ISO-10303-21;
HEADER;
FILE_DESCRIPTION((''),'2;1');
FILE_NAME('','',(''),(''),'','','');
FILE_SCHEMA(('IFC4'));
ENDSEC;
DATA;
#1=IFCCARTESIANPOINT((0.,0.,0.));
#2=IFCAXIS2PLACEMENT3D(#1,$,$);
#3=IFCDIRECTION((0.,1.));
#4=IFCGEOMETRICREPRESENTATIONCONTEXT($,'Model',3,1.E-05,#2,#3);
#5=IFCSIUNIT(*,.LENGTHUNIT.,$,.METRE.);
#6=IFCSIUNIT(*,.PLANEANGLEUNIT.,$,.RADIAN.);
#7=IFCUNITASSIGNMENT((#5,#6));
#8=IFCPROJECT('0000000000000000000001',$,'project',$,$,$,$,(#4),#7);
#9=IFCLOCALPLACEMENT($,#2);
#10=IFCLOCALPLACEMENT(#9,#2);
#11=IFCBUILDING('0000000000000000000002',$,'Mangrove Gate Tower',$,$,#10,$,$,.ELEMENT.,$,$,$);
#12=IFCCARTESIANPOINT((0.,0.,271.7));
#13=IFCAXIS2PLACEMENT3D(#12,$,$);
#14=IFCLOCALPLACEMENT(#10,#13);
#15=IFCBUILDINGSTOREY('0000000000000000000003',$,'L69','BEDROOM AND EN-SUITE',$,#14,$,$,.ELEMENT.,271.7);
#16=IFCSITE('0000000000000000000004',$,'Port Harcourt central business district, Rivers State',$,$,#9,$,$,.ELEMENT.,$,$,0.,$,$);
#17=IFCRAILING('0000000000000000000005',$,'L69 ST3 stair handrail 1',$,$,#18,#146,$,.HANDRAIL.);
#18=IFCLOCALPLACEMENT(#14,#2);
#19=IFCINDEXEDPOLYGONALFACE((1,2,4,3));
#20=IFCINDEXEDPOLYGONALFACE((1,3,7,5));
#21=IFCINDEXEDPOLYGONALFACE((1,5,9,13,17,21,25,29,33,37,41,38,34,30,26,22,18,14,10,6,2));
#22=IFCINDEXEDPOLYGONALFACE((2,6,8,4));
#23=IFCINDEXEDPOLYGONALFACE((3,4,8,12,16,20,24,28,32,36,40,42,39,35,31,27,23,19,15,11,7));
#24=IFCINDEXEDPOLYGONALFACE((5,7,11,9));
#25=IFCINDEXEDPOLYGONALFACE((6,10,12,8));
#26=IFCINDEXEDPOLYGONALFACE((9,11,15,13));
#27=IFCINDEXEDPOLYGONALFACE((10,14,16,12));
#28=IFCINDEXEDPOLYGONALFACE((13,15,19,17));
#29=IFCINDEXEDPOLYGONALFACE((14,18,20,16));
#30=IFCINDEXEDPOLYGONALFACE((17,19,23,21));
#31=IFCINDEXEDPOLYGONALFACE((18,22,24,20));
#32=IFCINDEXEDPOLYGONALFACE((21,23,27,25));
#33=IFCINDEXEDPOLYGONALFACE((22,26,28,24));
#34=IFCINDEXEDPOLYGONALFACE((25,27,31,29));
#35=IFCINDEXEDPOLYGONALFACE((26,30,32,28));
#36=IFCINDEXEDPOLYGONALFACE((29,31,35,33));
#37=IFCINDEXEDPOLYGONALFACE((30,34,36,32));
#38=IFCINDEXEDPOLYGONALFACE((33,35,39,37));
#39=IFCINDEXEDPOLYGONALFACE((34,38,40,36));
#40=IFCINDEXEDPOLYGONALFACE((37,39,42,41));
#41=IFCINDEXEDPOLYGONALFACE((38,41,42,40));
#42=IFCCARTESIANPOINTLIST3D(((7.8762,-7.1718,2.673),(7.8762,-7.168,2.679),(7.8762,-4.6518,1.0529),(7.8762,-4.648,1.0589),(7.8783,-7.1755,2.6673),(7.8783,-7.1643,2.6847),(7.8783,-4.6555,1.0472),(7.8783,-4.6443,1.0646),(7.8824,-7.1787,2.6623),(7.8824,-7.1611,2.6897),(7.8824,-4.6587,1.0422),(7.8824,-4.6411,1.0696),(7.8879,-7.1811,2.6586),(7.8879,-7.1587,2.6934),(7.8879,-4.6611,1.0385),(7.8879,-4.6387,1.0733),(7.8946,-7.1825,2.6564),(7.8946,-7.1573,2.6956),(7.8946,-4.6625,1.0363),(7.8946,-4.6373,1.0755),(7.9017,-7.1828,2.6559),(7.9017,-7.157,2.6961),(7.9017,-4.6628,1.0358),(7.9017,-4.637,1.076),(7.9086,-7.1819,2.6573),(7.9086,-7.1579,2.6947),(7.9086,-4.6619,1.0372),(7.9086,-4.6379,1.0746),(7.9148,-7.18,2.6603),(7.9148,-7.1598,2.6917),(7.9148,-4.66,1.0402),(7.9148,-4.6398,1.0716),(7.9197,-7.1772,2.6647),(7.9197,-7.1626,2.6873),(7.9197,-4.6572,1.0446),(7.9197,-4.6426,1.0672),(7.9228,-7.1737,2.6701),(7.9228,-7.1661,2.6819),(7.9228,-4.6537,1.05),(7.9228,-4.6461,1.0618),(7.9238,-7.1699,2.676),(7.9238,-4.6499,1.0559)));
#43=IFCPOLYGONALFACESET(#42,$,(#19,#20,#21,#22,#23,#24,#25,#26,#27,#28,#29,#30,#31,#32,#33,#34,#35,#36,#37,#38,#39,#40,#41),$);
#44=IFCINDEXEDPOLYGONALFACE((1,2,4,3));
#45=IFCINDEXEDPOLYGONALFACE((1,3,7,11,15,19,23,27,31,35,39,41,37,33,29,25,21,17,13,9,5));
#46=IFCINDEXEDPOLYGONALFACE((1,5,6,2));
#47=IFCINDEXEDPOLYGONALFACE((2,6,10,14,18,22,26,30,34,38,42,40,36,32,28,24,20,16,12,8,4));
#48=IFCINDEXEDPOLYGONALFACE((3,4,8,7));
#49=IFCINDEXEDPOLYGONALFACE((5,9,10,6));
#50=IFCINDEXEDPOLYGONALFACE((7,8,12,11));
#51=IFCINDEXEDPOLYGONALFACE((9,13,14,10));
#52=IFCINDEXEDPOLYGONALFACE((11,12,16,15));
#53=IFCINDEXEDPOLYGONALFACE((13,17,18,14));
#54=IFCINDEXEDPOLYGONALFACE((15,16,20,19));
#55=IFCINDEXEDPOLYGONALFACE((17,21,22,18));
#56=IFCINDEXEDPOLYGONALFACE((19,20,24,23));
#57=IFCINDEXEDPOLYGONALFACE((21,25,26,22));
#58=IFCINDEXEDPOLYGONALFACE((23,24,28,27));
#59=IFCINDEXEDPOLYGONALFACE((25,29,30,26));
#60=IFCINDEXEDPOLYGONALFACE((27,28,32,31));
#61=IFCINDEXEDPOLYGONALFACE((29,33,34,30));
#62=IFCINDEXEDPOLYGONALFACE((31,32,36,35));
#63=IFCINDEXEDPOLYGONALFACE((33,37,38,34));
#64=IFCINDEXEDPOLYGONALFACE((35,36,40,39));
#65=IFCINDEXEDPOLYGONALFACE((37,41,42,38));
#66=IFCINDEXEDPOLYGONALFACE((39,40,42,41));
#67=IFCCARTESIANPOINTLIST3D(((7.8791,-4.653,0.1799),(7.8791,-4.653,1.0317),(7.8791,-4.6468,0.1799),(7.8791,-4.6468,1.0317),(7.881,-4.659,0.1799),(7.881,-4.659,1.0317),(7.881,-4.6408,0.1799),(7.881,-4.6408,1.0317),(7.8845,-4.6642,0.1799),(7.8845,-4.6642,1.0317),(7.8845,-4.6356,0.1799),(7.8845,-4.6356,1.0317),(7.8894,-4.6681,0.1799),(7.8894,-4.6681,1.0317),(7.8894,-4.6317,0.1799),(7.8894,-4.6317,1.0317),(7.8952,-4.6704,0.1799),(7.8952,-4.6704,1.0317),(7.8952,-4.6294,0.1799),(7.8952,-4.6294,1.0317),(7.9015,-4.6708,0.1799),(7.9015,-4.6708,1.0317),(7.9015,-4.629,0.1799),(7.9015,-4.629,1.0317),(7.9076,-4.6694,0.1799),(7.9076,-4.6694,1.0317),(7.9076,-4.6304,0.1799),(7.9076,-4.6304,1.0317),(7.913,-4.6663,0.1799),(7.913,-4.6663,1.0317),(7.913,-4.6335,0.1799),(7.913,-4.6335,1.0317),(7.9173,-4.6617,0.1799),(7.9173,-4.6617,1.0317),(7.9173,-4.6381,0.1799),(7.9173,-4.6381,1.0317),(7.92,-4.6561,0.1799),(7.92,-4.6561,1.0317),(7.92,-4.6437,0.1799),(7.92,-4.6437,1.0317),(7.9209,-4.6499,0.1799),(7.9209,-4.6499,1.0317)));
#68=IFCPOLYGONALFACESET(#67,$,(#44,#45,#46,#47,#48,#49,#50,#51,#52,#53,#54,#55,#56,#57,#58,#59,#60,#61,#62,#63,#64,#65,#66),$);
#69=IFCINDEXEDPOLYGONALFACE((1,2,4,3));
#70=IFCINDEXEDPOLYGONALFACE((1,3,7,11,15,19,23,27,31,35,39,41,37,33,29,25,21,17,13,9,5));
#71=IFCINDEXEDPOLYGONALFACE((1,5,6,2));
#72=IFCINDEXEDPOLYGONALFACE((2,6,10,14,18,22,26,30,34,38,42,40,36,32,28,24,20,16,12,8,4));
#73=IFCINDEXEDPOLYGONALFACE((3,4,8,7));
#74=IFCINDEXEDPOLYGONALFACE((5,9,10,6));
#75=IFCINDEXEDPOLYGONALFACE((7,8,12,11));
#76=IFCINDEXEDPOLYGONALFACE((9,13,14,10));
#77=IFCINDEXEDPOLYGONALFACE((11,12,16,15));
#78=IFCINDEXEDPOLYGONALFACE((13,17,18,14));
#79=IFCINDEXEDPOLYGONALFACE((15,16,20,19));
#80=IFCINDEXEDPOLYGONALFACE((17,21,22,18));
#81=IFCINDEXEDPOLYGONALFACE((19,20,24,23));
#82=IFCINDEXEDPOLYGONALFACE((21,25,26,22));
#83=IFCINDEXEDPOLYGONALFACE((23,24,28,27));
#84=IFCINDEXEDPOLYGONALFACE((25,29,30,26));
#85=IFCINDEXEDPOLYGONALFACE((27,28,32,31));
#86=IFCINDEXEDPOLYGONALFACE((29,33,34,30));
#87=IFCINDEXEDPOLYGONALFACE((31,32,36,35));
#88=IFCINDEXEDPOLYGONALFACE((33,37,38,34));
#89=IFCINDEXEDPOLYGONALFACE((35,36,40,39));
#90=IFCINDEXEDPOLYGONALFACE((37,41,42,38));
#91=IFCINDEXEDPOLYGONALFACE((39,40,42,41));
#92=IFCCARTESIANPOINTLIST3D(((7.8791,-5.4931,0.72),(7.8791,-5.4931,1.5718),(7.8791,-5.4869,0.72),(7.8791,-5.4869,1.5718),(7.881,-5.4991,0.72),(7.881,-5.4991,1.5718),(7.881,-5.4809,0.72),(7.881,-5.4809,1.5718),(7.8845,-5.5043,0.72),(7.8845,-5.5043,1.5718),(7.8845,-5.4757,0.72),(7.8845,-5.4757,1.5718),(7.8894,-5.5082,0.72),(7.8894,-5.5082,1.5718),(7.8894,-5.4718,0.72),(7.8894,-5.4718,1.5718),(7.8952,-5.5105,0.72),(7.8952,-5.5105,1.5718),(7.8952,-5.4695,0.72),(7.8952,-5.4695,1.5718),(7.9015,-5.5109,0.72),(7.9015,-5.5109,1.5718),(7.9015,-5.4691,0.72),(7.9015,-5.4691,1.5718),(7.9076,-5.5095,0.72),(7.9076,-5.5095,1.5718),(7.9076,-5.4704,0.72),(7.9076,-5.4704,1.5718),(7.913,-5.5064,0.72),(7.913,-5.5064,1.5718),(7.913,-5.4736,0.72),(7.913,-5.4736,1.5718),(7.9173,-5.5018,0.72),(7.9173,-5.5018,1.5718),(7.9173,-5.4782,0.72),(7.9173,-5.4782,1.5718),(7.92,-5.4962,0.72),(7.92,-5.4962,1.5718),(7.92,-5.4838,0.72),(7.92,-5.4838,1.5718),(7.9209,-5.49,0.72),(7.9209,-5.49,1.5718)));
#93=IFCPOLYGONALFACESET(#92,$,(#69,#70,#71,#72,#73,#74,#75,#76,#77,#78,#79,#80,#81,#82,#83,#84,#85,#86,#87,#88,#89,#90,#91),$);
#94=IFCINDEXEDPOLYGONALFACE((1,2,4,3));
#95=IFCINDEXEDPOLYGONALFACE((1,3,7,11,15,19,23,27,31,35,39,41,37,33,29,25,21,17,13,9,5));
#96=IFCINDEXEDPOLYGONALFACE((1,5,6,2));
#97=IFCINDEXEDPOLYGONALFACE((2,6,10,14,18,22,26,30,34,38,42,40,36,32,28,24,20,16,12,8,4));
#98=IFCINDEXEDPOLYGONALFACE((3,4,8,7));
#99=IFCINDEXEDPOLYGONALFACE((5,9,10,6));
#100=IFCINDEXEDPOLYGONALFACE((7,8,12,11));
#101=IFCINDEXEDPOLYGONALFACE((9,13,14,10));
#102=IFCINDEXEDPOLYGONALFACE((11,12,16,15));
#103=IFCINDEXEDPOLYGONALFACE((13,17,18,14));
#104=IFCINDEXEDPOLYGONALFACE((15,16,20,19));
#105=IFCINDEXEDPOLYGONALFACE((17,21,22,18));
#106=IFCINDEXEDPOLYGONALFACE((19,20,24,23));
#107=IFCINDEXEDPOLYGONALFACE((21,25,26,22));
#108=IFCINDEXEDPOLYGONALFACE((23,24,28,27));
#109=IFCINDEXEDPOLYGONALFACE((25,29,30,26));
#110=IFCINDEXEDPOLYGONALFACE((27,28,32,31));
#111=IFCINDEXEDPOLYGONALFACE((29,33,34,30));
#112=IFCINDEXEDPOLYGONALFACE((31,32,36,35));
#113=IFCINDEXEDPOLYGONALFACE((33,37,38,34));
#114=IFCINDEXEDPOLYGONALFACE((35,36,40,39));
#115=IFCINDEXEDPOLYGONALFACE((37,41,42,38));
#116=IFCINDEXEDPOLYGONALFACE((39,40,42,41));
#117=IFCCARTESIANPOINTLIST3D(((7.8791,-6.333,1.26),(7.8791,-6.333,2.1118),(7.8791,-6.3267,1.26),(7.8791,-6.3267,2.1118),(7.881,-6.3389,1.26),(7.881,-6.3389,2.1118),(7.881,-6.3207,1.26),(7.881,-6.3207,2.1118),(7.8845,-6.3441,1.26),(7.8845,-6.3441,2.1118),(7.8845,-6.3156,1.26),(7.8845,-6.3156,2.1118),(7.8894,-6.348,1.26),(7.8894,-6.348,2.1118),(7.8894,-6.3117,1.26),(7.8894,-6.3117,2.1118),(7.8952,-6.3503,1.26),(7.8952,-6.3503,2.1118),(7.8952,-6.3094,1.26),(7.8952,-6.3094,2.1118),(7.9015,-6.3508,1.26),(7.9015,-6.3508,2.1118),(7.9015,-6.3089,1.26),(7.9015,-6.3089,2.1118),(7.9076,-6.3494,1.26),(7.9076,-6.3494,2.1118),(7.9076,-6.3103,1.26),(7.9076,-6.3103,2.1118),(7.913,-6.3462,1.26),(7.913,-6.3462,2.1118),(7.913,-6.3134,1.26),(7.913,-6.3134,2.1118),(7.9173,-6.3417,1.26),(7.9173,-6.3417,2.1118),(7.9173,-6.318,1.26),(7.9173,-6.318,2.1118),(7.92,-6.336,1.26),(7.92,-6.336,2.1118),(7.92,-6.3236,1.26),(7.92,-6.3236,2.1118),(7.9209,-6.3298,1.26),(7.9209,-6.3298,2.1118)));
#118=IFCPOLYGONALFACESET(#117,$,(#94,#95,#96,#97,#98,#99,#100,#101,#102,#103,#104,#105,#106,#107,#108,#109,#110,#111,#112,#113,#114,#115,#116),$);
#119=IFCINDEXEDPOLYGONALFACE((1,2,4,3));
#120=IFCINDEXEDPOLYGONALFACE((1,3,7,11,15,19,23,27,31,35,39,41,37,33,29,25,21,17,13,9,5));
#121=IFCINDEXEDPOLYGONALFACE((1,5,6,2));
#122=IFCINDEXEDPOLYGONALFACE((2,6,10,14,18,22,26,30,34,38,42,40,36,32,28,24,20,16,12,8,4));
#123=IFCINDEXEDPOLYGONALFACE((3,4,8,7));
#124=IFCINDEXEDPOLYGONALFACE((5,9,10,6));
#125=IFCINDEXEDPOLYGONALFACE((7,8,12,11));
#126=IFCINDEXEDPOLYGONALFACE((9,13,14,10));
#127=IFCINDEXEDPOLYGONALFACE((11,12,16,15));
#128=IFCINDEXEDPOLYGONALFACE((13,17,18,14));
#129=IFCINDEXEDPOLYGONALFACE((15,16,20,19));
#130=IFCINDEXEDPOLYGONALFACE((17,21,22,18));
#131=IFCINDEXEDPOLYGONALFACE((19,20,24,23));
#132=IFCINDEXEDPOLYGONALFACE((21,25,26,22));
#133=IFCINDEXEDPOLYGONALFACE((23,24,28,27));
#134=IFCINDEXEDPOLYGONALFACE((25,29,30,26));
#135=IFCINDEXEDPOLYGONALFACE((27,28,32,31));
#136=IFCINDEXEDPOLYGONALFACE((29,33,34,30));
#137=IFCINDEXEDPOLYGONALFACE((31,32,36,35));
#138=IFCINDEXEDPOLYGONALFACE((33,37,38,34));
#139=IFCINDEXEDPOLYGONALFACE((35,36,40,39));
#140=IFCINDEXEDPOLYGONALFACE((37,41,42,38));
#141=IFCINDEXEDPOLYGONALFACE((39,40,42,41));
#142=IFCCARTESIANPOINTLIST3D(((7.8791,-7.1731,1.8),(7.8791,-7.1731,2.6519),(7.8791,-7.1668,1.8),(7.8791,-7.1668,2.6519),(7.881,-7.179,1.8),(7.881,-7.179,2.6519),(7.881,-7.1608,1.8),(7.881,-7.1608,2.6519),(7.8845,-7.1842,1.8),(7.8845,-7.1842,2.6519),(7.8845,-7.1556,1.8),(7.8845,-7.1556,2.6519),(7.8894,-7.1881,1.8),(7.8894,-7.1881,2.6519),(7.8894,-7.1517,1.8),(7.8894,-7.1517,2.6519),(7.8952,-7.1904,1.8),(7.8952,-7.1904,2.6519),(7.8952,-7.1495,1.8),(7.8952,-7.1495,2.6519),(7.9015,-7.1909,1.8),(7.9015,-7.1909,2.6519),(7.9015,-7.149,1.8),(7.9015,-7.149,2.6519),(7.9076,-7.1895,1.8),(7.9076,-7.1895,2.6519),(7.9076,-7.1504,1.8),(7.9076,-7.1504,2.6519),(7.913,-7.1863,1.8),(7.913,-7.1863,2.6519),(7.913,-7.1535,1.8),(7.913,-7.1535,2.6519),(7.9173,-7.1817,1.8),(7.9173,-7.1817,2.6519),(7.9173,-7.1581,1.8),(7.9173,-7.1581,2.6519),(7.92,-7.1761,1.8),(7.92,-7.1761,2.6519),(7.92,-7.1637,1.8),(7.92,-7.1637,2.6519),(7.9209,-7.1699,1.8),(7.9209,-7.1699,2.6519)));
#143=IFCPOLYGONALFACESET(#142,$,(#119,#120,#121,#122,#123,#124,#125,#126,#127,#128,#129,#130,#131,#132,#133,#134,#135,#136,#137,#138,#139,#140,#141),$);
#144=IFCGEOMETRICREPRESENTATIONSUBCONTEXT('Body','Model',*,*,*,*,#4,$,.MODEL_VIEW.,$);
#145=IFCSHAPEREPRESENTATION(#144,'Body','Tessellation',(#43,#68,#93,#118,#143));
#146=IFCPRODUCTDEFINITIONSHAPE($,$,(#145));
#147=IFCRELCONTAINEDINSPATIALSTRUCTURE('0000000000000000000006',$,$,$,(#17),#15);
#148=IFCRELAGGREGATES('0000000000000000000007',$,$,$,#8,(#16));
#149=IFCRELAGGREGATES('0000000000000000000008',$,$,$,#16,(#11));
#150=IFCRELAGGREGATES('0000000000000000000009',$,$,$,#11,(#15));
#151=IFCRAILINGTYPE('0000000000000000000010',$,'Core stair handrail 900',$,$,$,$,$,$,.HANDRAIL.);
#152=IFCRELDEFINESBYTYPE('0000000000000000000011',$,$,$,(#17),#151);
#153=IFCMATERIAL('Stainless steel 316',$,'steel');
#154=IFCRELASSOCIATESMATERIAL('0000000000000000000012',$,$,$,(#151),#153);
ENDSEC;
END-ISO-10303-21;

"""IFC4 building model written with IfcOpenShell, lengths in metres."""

from ifc_helpers import new_model, si_unit, direction, frame, origin, origin_2d, place, context, subcontext, project, spatial, circle, extrude, material, type_object, element, save


model = new_model("IFC4")

# Units and contexts
model_context = context("Model", 3, precision=1e-05, world=origin(), true_north=direction((0.0, 1.0)))
body_context = subcontext(model_context, "Body", "Model", "MODEL_VIEW")
ifc_project = project(units=[si_unit("LENGTHUNIT", "METRE"), si_unit("PLANEANGLEUNIT", "RADIAN")], contexts=[model_context])

# Site, building, storey
site_placement = place(None, origin())
site = spatial("IfcSite", under=ifc_project, at=site_placement, Name="Port Harcourt central business district, Rivers State", CompositionType="ELEMENT", RefElevation=0.0)
building_placement = place(site_placement, origin())
building = spatial("IfcBuilding", under=site, at=building_placement, Name="Mangrove Gate Tower", CompositionType="ELEMENT")
storey_placement = place(building_placement, frame((0.0, 0.0, 271.7)))
storey = spatial("IfcBuildingStorey", under=building, at=storey_placement, Name="L69", Description="BEDROOM AND EN-SUITE", CompositionType="ELEMENT", Elevation=271.7)

# Railing
ifc_material_1 = material(Name="Stainless steel 316", Category="steel")
railing_type_1 = type_object("IfcRailingType", Name="Core stair handrail 900", PredefinedType="HANDRAIL", material=ifc_material_1)
railing_1_placement = place(storey_placement, frame((7.8999, -4.6499, 0.1799)))
element("IfcRailing", 1, at=railing_1_placement, inside=storey, type_object=railing_type_1, Name="L69 ST3 stair handrail 1", PredefinedType="HANDRAIL", context=body_context, shape_type="SweptSolid", body=[
    extrude(circle(Radius=0.0239, at=origin_2d()), frame((0.0, 0.0, 0.876), z_axis=(0.0, -0.841163, 0.540782), x_axis=(1.0, 0.0, 0.0)), (0.0, 0.0, 1.0), 2.9958),
    extrude(circle(Radius=0.021, at=origin_2d()), origin(), (0.0, 0.0, 1.0), 0.8518),
    extrude(circle(Radius=0.021, at=origin_2d()), frame((0.0, -0.8401, 0.54)), (0.0, 0.0, 1.0), 0.8518),
    extrude(circle(Radius=0.021, at=origin_2d()), frame((0.0, -1.6799, 1.0801)), (0.0, 0.0, 1.0), 0.8518),
    extrude(circle(Radius=0.021, at=origin_2d()), frame((0.0, -2.52, 1.6201)), (0.0, 0.0, 1.0), 0.8518),
])

save(model, "model.ifc")
